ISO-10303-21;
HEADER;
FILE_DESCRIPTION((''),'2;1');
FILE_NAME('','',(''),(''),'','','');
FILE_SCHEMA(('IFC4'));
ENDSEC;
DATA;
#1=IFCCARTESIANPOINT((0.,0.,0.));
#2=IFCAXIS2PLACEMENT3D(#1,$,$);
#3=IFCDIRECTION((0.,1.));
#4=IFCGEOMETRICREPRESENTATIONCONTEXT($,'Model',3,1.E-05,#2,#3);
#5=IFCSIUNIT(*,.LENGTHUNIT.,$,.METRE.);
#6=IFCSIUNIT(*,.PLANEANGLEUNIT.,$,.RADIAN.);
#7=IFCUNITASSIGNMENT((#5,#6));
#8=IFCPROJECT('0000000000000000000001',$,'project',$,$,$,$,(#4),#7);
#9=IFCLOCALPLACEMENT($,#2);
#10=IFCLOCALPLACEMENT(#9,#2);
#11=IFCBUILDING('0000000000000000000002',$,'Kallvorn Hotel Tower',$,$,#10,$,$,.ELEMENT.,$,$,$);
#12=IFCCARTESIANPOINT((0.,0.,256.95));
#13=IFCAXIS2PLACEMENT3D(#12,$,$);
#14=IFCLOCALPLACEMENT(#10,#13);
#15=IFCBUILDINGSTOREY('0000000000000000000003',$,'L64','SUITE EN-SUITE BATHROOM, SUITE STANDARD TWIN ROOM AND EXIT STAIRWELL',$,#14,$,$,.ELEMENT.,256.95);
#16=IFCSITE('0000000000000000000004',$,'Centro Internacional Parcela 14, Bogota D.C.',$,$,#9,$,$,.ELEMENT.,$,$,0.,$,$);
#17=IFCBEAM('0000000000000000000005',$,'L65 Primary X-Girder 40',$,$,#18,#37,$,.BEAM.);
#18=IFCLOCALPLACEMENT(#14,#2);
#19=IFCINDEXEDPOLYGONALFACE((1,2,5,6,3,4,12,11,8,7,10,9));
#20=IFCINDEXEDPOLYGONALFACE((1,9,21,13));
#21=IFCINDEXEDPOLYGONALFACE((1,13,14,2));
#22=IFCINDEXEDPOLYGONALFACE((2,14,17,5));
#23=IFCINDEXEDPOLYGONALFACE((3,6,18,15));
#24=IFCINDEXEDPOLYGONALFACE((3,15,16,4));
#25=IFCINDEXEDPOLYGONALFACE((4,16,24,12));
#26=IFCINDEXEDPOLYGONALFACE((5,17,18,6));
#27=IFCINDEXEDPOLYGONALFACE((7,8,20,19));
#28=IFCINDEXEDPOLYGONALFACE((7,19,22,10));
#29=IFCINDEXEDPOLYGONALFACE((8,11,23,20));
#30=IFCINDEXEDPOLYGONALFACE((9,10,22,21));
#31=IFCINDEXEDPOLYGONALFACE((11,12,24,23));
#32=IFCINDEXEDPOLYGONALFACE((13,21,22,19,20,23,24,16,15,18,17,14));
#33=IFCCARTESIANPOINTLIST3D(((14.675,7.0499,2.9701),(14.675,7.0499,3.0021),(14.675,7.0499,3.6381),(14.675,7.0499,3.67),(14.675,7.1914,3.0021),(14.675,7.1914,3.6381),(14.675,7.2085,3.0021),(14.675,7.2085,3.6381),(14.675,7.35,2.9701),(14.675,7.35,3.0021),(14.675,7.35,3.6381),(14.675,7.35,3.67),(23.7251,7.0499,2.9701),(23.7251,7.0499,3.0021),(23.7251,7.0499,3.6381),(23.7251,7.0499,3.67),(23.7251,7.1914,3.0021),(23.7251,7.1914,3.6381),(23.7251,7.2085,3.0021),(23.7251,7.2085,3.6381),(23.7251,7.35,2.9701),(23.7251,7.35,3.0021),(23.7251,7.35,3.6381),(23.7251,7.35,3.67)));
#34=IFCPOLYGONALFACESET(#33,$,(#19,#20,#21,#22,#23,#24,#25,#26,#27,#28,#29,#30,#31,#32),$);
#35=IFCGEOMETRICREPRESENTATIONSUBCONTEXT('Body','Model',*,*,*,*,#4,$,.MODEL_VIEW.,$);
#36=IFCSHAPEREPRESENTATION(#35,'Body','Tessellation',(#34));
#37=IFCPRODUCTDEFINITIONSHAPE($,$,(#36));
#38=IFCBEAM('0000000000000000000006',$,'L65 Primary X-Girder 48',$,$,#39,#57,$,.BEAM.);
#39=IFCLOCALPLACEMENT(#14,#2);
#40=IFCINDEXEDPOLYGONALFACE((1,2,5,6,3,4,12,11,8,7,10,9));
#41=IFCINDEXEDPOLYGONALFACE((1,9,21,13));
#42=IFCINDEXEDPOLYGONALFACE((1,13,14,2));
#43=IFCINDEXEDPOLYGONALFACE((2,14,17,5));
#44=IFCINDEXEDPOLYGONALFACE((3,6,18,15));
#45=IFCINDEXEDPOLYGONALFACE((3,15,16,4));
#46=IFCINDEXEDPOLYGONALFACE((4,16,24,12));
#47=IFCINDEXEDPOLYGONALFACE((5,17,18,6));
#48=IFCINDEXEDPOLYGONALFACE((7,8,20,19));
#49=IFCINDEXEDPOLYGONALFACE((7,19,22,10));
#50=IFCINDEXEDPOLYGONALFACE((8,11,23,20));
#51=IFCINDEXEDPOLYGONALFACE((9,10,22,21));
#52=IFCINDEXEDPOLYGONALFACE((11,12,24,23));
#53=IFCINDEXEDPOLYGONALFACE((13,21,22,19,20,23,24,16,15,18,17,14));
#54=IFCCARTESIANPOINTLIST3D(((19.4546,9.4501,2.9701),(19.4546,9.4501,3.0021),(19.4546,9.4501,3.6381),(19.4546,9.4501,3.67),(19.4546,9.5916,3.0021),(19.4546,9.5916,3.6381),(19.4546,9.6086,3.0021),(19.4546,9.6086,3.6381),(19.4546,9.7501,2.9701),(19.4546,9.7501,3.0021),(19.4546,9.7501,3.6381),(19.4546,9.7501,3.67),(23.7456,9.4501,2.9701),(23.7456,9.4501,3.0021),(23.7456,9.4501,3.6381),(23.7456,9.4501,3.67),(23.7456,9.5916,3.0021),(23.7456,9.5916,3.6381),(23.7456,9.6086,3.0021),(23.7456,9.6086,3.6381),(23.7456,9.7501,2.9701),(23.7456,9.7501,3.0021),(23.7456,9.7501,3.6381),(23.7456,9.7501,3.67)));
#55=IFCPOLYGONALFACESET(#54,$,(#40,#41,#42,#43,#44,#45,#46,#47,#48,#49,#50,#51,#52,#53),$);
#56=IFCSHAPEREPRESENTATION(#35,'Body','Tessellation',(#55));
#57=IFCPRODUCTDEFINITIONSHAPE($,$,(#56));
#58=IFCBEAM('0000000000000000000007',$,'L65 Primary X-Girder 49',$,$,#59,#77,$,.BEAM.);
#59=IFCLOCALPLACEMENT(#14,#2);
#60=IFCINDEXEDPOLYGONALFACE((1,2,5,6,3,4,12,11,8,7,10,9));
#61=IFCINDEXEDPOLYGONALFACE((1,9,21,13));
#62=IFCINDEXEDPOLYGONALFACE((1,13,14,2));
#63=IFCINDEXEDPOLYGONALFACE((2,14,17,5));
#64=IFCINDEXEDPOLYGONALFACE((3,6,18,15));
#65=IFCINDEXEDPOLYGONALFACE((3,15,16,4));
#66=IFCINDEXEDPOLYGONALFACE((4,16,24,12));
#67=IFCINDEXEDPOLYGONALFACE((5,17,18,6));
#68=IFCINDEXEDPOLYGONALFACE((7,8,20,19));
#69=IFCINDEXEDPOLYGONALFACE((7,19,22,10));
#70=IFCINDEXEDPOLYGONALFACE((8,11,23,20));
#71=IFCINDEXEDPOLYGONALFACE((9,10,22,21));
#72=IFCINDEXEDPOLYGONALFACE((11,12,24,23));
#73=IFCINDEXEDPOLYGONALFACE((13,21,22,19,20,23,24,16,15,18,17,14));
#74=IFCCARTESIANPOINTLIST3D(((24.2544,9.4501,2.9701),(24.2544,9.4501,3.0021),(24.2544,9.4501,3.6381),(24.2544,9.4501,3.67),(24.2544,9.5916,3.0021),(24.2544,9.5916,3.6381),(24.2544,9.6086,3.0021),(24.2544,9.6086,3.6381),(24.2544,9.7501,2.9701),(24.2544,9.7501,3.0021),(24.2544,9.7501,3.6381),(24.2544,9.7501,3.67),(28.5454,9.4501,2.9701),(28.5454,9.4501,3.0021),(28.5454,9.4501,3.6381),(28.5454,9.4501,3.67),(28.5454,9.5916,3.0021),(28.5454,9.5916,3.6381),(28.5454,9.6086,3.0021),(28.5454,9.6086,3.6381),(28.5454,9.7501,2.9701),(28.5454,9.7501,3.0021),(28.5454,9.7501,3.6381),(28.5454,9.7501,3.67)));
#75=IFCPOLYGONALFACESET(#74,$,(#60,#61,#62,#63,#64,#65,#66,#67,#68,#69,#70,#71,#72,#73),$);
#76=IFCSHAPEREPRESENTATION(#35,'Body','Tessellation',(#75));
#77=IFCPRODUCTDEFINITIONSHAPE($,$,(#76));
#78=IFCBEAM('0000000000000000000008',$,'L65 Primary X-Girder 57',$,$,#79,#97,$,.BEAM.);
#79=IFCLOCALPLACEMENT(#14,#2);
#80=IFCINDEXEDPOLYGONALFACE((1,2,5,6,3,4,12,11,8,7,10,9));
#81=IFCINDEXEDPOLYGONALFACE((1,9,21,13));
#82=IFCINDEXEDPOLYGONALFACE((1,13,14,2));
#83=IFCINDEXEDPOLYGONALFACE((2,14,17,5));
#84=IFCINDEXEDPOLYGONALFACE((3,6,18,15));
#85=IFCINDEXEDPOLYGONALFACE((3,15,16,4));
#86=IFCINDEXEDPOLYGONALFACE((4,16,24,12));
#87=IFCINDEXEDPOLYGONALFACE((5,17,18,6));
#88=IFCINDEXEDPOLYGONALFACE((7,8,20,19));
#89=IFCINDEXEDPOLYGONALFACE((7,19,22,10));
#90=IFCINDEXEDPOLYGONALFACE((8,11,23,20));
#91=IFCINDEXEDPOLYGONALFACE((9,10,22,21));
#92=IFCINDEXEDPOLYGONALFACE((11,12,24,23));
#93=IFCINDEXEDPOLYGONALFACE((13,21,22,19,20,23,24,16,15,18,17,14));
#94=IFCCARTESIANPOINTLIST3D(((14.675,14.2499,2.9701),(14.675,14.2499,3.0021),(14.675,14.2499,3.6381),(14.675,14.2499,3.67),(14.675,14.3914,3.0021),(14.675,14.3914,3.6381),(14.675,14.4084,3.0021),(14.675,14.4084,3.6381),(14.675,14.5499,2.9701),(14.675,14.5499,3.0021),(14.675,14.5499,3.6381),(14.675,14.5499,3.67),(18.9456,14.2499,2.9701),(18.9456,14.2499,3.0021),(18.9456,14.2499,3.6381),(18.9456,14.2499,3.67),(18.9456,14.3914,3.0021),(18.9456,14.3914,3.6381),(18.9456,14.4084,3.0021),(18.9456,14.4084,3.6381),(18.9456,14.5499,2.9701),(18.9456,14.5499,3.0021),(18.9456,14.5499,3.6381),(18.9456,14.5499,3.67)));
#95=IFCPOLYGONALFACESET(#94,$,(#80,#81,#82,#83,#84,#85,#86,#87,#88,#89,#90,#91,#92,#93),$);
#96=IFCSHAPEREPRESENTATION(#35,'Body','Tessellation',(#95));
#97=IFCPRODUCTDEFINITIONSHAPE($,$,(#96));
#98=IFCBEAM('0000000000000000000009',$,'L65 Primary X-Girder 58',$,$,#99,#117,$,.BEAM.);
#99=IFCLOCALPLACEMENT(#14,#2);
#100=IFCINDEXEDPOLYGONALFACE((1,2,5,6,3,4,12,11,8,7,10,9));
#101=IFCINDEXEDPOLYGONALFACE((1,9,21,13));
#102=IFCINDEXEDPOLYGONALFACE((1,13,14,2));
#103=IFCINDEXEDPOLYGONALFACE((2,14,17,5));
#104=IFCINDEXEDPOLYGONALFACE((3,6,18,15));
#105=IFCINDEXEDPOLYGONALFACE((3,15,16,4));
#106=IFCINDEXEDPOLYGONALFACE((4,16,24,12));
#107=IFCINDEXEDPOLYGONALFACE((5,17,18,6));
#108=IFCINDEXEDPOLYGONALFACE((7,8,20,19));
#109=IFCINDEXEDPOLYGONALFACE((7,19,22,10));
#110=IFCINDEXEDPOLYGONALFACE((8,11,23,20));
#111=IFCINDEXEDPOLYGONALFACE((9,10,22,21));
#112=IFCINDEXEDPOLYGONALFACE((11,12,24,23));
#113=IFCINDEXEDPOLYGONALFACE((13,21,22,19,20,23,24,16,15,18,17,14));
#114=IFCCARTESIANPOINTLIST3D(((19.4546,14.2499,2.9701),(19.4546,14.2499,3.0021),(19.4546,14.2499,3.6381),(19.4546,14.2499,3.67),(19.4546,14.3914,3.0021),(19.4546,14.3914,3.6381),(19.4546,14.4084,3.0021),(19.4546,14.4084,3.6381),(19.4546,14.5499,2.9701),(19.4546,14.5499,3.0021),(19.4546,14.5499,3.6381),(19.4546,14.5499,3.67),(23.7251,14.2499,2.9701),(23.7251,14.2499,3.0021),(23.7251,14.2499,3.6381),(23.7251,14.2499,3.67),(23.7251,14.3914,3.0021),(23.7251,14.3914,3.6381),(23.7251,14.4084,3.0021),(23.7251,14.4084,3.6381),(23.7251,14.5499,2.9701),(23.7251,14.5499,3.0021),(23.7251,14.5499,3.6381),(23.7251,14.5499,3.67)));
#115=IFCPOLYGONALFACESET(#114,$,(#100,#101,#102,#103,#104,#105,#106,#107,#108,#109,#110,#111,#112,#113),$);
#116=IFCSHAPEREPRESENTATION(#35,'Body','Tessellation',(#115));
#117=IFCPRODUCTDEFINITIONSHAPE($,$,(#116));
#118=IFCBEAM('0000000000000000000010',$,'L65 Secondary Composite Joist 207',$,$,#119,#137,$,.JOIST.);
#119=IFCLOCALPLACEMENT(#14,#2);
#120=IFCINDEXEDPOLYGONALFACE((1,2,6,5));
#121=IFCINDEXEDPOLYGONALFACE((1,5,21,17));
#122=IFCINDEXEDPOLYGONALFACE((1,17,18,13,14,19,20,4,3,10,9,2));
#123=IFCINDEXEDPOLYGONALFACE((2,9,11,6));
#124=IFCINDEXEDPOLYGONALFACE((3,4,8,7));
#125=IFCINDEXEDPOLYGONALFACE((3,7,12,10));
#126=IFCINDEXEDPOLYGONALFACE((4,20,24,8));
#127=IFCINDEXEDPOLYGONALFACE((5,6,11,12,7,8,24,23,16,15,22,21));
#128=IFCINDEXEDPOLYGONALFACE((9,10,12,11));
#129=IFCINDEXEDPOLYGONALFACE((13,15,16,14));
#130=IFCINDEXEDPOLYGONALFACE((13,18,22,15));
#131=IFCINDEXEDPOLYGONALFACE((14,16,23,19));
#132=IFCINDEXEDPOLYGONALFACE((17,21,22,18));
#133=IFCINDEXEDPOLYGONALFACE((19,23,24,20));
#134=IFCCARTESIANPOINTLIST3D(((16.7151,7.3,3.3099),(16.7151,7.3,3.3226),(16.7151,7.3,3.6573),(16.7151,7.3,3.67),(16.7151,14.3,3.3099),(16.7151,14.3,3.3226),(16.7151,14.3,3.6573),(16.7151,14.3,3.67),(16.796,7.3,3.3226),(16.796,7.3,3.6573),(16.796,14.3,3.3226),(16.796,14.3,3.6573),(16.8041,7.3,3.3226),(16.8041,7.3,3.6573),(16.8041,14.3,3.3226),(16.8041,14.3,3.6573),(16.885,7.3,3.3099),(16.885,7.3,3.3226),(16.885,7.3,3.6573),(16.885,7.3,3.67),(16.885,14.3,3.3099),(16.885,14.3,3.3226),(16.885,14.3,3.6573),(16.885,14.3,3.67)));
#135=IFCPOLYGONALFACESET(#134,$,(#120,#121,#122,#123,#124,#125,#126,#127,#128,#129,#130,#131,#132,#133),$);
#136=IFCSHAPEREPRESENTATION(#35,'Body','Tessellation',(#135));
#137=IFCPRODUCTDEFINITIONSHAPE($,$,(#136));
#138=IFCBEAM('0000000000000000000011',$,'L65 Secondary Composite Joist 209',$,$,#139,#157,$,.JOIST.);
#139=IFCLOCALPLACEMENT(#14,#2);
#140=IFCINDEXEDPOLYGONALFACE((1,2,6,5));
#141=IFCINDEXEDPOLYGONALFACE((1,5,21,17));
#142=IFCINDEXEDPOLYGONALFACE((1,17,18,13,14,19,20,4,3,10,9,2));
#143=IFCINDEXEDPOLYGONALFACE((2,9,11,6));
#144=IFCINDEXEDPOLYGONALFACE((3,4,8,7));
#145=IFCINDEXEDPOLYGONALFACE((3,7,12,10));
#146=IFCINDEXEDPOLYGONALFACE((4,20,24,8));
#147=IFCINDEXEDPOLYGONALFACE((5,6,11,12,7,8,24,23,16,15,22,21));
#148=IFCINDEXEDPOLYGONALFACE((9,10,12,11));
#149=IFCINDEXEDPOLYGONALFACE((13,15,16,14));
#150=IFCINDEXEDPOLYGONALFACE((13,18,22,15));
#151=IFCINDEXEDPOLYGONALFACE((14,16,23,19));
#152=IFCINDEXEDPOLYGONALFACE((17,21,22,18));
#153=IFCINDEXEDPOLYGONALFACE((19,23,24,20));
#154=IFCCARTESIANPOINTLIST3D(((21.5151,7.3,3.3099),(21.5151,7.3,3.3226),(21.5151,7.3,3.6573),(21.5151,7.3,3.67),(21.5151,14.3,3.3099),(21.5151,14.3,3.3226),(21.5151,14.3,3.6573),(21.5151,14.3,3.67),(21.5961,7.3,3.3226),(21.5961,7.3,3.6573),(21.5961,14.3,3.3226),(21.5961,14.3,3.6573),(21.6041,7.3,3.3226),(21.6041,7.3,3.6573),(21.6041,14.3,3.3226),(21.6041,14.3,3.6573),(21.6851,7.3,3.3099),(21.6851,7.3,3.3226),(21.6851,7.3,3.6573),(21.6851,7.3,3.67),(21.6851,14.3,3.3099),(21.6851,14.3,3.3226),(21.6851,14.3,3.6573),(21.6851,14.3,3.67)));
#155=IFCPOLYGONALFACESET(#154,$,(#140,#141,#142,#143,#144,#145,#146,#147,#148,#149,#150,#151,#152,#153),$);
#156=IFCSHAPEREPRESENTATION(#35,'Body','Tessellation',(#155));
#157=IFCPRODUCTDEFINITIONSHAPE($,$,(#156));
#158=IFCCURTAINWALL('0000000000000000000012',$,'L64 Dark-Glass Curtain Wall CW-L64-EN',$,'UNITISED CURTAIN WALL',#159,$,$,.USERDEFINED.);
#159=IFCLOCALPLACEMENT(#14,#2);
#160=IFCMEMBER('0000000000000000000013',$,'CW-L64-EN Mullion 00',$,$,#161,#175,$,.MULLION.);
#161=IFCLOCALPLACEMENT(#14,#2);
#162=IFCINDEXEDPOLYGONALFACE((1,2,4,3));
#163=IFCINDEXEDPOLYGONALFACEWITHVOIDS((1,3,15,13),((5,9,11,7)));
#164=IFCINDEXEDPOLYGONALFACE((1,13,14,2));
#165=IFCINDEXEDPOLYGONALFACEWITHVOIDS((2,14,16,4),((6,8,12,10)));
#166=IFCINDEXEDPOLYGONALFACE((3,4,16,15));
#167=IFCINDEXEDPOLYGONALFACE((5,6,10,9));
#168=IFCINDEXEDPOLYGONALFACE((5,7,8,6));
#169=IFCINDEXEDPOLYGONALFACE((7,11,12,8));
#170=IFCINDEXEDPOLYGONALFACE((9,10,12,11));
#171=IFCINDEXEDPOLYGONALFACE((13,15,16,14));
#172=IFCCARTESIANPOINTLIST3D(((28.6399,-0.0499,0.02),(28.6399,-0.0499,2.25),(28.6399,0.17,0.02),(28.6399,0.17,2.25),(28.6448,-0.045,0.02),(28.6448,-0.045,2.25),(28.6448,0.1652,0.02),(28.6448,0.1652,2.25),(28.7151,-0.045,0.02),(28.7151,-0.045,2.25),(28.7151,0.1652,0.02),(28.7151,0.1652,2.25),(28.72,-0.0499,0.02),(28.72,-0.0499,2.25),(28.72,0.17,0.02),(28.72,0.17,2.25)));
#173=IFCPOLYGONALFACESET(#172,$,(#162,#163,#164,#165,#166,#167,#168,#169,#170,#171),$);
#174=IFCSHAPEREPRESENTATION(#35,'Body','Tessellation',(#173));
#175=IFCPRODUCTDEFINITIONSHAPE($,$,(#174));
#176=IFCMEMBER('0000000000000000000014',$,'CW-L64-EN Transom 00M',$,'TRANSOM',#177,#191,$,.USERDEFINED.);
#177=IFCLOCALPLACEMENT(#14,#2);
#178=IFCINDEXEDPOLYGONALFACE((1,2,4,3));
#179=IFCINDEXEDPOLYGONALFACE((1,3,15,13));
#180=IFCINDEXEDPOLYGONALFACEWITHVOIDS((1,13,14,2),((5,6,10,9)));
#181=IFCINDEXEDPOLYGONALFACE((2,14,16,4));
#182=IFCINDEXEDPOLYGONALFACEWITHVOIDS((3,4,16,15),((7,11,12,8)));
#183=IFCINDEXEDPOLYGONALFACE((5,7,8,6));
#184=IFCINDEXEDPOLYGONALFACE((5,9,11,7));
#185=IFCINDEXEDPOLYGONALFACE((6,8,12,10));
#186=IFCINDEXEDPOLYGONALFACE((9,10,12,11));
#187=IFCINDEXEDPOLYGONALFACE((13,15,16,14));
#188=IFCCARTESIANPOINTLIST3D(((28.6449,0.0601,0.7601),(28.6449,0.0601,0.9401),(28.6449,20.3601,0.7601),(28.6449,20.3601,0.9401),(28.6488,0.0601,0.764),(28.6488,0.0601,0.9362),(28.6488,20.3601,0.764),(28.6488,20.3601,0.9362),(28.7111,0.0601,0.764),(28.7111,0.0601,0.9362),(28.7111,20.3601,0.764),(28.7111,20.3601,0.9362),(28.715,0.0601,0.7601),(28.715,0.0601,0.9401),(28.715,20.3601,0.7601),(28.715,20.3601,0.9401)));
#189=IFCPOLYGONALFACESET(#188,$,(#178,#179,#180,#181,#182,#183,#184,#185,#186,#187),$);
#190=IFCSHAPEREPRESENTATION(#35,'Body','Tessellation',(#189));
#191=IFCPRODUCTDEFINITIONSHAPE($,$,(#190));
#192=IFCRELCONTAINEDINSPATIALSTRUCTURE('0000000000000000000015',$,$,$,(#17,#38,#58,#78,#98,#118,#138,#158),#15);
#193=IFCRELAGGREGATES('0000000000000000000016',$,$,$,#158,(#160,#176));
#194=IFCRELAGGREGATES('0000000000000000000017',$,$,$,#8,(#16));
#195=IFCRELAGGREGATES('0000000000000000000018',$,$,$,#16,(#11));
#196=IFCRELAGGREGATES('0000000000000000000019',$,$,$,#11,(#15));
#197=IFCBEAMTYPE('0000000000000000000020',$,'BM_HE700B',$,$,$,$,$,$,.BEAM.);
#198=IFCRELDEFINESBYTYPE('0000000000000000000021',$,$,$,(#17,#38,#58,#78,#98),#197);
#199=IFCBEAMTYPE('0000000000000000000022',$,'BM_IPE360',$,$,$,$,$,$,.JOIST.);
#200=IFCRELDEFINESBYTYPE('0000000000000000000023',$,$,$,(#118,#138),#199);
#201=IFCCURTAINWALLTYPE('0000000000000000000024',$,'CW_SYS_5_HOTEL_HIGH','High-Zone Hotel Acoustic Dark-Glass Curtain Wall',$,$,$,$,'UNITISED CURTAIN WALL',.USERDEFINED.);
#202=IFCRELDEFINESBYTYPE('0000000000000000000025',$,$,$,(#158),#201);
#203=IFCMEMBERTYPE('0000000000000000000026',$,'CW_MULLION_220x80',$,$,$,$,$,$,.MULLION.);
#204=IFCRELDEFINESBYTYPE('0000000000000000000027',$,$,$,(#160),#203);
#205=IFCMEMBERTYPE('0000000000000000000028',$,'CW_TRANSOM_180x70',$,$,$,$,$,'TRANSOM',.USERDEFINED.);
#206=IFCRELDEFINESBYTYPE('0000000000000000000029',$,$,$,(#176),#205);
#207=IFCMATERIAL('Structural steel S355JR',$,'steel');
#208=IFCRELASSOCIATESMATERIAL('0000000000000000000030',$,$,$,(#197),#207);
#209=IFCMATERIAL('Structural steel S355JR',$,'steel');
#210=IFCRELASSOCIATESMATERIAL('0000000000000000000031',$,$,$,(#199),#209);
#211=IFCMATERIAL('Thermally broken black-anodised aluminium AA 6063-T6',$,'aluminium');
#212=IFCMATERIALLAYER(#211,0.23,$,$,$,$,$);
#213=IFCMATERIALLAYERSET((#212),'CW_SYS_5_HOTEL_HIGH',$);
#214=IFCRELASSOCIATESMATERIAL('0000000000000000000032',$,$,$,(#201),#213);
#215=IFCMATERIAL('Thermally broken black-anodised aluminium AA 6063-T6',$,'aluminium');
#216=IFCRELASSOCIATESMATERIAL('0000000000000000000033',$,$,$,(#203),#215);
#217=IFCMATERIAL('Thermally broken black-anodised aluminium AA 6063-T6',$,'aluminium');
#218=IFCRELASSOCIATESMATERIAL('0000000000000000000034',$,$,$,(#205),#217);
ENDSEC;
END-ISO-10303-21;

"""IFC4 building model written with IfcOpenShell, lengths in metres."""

from ifc_helpers import new_model, si_unit, direction, frame, origin, origin_2d, place, context, subcontext, project, spatial, hollow_rectangle, i_section, extrude, material, layer, layer_set, material_profile, profile_set, type_object, element, aggregate, save


model = new_model("IFC4")

# Units and contexts
model_context = context("Model", 3, precision=1e-05, world=origin(), true_north=direction((0.0, 1.0)))
body_context = subcontext(model_context, "Body", "Model", "MODEL_VIEW")
ifc_project = project(units=[si_unit("LENGTHUNIT", "METRE"), si_unit("PLANEANGLEUNIT", "RADIAN")], contexts=[model_context])

# Site, building, storey
site_placement = place(None, origin())
site = spatial("IfcSite", under=ifc_project, at=site_placement, Name="Centro Internacional Parcela 14, Bogota D.C.", CompositionType="ELEMENT", RefElevation=0.0)
building_placement = place(site_placement, origin())
building = spatial("IfcBuilding", under=site, at=building_placement, Name="Kallvorn Hotel Tower", CompositionType="ELEMENT")
storey_placement = place(building_placement, frame((0.0, 0.0, 256.95)))
storey = spatial("IfcBuildingStorey", under=building, at=storey_placement, Name="L64", Description="SUITE EN-SUITE BATHROOM, SUITE STANDARD TWIN ROOM AND EXIT STAIRWELL", CompositionType="ELEMENT", Elevation=256.95)

# Beams
ifc_material_1 = material(Name="Structural steel S355JR", Category="steel")
ifc_material_profile_1 = material_profile(ifc_material_1, i_section(OverallWidth=0.3, OverallDepth=0.7, WebThickness=0.0171, FlangeThickness=0.032, at=origin_2d()), Name="HE 700 B")
ifc_profile_set_1 = profile_set([ifc_material_profile_1], Name="Structural steel S355JR")
beam_type_1 = type_object("IfcBeamType", Name="BM_HE700B", PredefinedType="BEAM", material=ifc_profile_set_1)
beam_1_placement = place(storey_placement, frame((14.675, 7.2, 3.3201), z_axis=(1.0, 0.0, 0.0), x_axis=(0.0, 1.0, 0.0)))
element("IfcBeam", 1, at=beam_1_placement, inside=storey, type_object=beam_type_1, Name="L65 Primary X-Girder 40", PredefinedType="BEAM", context=body_context, shape_type="SweptSolid", body=[
    extrude(i_section(OverallWidth=0.3, OverallDepth=0.7, WebThickness=0.0171, FlangeThickness=0.032, at=origin_2d()), origin(), (0.0, 0.0, 1.0), 9.05),
])
for number, where, z_axis, x_axis, name in (
    (2, (19.4546, 9.6001, 3.3201), (1.0, 0.0, 0.0), (0.0, 1.0, 0.0), "L65 Primary X-Girder 48"),
    (3, (24.2544, 9.6001, 3.3201), (1.0, 0.0, 0.0), (0.0, 1.0, 0.0), "L65 Primary X-Girder 49"),
):
    element("IfcBeam", number, at=place(storey_placement, frame(where, z_axis=z_axis, x_axis=x_axis)), inside=storey, type_object=beam_type_1, Name=name, PredefinedType="BEAM", context=body_context, shape_type="SweptSolid", body=[
        extrude(i_section(OverallWidth=0.3, OverallDepth=0.7, WebThickness=0.0171, FlangeThickness=0.032, at=origin_2d()), origin(), (0.0, 0.0, 1.0), 4.291),
    ])
for number, where, z_axis, x_axis, name in (
    (4, (14.675, 14.3999, 3.3201), (1.0, 0.0, 0.0), (0.0, 1.0, 0.0), "L65 Primary X-Girder 57"),
    (5, (19.4546, 14.3999, 3.3201), (1.0, 0.0, 0.0), (0.0, 1.0, 0.0), "L65 Primary X-Girder 58"),
):
    element("IfcBeam", number, at=place(storey_placement, frame(where, z_axis=z_axis, x_axis=x_axis)), inside=storey, type_object=beam_type_1, Name=name, PredefinedType="BEAM", context=body_context, shape_type="SweptSolid", body=[
        extrude(i_section(OverallWidth=0.3, OverallDepth=0.7, WebThickness=0.0171, FlangeThickness=0.032, at=origin_2d()), origin(), (0.0, 0.0, 1.0), 4.2705),
    ])
ifc_material_2 = material(Name="Structural steel S355JR", Category="steel")
ifc_material_profile_2 = material_profile(ifc_material_2, i_section(OverallWidth=0.1699, OverallDepth=0.3601, WebThickness=0.0081, FlangeThickness=0.0127, at=origin_2d()), Name="IPE 360")
ifc_profile_set_2 = profile_set([ifc_material_profile_2], Name="Structural steel S355JR")
beam_type_2 = type_object("IfcBeamType", Name="BM_IPE360", PredefinedType="JOIST", material=ifc_profile_set_2)
for number, where, z_axis, x_axis, name in (
    (6, (16.8, 7.3, 3.49), (0.0, 1.0, 0.0), (-1.0, 0.0, 0.0), "L65 Secondary Composite Joist 207"),
    (7, (21.6001, 7.3, 3.49), (0.0, 1.0, 0.0), (-1.0, 0.0, 0.0), "L65 Secondary Composite Joist 209"),
):
    element("IfcBeam", number, at=place(storey_placement, frame(where, z_axis=z_axis, x_axis=x_axis)), inside=storey, type_object=beam_type_2, Name=name, PredefinedType="JOIST", context=body_context, shape_type="SweptSolid", body=[
        extrude(i_section(OverallWidth=0.1699, OverallDepth=0.3601, WebThickness=0.0081, FlangeThickness=0.0127, at=origin_2d()), origin(), (0.0, 0.0, 1.0), 7.0),
    ])

# Curtain wall, members
ifc_material_3 = material(Name="Thermally broken black-anodised aluminium AA 6063-T6", Category="aluminium")
ifc_layer_1 = layer(ifc_material_3, 0.23)
ifc_layer_set_1 = layer_set([ifc_layer_1], Name="CW_SYS_5_HOTEL_HIGH")
curtain_wall_type = type_object("IfcCurtainWallType", Name="CW_SYS_5_HOTEL_HIGH", Description="High-Zone Hotel Acoustic Dark-Glass Curtain Wall", ElementType="UNITISED CURTAIN WALL", PredefinedType="USERDEFINED", material=ifc_layer_set_1)
curtain_wall_placement = place(storey_placement, origin())
curtain_wall = element("IfcCurtainWall", 8, at=curtain_wall_placement, inside=storey, type_object=curtain_wall_type, Name="L64 Dark-Glass Curtain Wall CW-L64-EN", ObjectType="UNITISED CURTAIN WALL", PredefinedType="USERDEFINED")
ifc_material_4 = material(Name="Thermally broken black-anodised aluminium AA 6063-T6", Category="aluminium")
ifc_material_profile_3 = material_profile(ifc_material_4, hollow_rectangle(XDim=0.0801, YDim=0.22, WallThickness=0.0049, at=origin_2d()), Name="MUL 220x80")
ifc_profile_set_3 = profile_set([ifc_material_profile_3], Name="Thermally broken black-anodised aluminium AA 6063-T6")
member_type_1 = type_object("IfcMemberType", Name="CW_MULLION_220x80", PredefinedType="MULLION", material=ifc_profile_set_3)
member_1_placement = place(storey_placement, frame((28.6799, 0.0601, 0.02), z_axis=(0.0, 0.0, 1.0), x_axis=(1.0, 0.0, 0.0)))
member_1 = element("IfcMember", 9, at=member_1_placement, type_object=member_type_1, Name="CW-L64-EN Mullion 00", PredefinedType="MULLION", context=body_context, shape_type="SweptSolid", body=[
    extrude(hollow_rectangle(XDim=0.0801, YDim=0.22, WallThickness=0.0049, at=origin_2d()), origin(), (0.0, 0.0, 1.0), 2.23),
])
ifc_material_5 = material(Name="Thermally broken black-anodised aluminium AA 6063-T6", Category="aluminium")
ifc_material_profile_4 = material_profile(ifc_material_5, hollow_rectangle(XDim=0.0701, YDim=0.1799, WallThickness=0.0039, at=origin_2d()), Name="TRN 180x70")
ifc_profile_set_4 = profile_set([ifc_material_profile_4], Name="Thermally broken black-anodised aluminium AA 6063-T6")
member_type_2 = type_object("IfcMemberType", Name="CW_TRANSOM_180x70", ElementType="TRANSOM", PredefinedType="USERDEFINED", material=ifc_profile_set_4)
member_2_placement = place(storey_placement, frame((28.6799, 0.0601, 0.8501), z_axis=(0.0, 1.0, 0.0), x_axis=(-1.0, 0.0, 0.0)))
member_2 = element("IfcMember", 10, at=member_2_placement, type_object=member_type_2, Name="CW-L64-EN Transom 00M", ObjectType="TRANSOM", PredefinedType="USERDEFINED", context=body_context, shape_type="SweptSolid", body=[
    extrude(hollow_rectangle(XDim=0.0701, YDim=0.1799, WallThickness=0.0039, at=origin_2d()), origin(), (0.0, 0.0, 1.0), 20.3),
])
aggregate(curtain_wall, [member_1, member_2])

save(model, "model.ifc")
